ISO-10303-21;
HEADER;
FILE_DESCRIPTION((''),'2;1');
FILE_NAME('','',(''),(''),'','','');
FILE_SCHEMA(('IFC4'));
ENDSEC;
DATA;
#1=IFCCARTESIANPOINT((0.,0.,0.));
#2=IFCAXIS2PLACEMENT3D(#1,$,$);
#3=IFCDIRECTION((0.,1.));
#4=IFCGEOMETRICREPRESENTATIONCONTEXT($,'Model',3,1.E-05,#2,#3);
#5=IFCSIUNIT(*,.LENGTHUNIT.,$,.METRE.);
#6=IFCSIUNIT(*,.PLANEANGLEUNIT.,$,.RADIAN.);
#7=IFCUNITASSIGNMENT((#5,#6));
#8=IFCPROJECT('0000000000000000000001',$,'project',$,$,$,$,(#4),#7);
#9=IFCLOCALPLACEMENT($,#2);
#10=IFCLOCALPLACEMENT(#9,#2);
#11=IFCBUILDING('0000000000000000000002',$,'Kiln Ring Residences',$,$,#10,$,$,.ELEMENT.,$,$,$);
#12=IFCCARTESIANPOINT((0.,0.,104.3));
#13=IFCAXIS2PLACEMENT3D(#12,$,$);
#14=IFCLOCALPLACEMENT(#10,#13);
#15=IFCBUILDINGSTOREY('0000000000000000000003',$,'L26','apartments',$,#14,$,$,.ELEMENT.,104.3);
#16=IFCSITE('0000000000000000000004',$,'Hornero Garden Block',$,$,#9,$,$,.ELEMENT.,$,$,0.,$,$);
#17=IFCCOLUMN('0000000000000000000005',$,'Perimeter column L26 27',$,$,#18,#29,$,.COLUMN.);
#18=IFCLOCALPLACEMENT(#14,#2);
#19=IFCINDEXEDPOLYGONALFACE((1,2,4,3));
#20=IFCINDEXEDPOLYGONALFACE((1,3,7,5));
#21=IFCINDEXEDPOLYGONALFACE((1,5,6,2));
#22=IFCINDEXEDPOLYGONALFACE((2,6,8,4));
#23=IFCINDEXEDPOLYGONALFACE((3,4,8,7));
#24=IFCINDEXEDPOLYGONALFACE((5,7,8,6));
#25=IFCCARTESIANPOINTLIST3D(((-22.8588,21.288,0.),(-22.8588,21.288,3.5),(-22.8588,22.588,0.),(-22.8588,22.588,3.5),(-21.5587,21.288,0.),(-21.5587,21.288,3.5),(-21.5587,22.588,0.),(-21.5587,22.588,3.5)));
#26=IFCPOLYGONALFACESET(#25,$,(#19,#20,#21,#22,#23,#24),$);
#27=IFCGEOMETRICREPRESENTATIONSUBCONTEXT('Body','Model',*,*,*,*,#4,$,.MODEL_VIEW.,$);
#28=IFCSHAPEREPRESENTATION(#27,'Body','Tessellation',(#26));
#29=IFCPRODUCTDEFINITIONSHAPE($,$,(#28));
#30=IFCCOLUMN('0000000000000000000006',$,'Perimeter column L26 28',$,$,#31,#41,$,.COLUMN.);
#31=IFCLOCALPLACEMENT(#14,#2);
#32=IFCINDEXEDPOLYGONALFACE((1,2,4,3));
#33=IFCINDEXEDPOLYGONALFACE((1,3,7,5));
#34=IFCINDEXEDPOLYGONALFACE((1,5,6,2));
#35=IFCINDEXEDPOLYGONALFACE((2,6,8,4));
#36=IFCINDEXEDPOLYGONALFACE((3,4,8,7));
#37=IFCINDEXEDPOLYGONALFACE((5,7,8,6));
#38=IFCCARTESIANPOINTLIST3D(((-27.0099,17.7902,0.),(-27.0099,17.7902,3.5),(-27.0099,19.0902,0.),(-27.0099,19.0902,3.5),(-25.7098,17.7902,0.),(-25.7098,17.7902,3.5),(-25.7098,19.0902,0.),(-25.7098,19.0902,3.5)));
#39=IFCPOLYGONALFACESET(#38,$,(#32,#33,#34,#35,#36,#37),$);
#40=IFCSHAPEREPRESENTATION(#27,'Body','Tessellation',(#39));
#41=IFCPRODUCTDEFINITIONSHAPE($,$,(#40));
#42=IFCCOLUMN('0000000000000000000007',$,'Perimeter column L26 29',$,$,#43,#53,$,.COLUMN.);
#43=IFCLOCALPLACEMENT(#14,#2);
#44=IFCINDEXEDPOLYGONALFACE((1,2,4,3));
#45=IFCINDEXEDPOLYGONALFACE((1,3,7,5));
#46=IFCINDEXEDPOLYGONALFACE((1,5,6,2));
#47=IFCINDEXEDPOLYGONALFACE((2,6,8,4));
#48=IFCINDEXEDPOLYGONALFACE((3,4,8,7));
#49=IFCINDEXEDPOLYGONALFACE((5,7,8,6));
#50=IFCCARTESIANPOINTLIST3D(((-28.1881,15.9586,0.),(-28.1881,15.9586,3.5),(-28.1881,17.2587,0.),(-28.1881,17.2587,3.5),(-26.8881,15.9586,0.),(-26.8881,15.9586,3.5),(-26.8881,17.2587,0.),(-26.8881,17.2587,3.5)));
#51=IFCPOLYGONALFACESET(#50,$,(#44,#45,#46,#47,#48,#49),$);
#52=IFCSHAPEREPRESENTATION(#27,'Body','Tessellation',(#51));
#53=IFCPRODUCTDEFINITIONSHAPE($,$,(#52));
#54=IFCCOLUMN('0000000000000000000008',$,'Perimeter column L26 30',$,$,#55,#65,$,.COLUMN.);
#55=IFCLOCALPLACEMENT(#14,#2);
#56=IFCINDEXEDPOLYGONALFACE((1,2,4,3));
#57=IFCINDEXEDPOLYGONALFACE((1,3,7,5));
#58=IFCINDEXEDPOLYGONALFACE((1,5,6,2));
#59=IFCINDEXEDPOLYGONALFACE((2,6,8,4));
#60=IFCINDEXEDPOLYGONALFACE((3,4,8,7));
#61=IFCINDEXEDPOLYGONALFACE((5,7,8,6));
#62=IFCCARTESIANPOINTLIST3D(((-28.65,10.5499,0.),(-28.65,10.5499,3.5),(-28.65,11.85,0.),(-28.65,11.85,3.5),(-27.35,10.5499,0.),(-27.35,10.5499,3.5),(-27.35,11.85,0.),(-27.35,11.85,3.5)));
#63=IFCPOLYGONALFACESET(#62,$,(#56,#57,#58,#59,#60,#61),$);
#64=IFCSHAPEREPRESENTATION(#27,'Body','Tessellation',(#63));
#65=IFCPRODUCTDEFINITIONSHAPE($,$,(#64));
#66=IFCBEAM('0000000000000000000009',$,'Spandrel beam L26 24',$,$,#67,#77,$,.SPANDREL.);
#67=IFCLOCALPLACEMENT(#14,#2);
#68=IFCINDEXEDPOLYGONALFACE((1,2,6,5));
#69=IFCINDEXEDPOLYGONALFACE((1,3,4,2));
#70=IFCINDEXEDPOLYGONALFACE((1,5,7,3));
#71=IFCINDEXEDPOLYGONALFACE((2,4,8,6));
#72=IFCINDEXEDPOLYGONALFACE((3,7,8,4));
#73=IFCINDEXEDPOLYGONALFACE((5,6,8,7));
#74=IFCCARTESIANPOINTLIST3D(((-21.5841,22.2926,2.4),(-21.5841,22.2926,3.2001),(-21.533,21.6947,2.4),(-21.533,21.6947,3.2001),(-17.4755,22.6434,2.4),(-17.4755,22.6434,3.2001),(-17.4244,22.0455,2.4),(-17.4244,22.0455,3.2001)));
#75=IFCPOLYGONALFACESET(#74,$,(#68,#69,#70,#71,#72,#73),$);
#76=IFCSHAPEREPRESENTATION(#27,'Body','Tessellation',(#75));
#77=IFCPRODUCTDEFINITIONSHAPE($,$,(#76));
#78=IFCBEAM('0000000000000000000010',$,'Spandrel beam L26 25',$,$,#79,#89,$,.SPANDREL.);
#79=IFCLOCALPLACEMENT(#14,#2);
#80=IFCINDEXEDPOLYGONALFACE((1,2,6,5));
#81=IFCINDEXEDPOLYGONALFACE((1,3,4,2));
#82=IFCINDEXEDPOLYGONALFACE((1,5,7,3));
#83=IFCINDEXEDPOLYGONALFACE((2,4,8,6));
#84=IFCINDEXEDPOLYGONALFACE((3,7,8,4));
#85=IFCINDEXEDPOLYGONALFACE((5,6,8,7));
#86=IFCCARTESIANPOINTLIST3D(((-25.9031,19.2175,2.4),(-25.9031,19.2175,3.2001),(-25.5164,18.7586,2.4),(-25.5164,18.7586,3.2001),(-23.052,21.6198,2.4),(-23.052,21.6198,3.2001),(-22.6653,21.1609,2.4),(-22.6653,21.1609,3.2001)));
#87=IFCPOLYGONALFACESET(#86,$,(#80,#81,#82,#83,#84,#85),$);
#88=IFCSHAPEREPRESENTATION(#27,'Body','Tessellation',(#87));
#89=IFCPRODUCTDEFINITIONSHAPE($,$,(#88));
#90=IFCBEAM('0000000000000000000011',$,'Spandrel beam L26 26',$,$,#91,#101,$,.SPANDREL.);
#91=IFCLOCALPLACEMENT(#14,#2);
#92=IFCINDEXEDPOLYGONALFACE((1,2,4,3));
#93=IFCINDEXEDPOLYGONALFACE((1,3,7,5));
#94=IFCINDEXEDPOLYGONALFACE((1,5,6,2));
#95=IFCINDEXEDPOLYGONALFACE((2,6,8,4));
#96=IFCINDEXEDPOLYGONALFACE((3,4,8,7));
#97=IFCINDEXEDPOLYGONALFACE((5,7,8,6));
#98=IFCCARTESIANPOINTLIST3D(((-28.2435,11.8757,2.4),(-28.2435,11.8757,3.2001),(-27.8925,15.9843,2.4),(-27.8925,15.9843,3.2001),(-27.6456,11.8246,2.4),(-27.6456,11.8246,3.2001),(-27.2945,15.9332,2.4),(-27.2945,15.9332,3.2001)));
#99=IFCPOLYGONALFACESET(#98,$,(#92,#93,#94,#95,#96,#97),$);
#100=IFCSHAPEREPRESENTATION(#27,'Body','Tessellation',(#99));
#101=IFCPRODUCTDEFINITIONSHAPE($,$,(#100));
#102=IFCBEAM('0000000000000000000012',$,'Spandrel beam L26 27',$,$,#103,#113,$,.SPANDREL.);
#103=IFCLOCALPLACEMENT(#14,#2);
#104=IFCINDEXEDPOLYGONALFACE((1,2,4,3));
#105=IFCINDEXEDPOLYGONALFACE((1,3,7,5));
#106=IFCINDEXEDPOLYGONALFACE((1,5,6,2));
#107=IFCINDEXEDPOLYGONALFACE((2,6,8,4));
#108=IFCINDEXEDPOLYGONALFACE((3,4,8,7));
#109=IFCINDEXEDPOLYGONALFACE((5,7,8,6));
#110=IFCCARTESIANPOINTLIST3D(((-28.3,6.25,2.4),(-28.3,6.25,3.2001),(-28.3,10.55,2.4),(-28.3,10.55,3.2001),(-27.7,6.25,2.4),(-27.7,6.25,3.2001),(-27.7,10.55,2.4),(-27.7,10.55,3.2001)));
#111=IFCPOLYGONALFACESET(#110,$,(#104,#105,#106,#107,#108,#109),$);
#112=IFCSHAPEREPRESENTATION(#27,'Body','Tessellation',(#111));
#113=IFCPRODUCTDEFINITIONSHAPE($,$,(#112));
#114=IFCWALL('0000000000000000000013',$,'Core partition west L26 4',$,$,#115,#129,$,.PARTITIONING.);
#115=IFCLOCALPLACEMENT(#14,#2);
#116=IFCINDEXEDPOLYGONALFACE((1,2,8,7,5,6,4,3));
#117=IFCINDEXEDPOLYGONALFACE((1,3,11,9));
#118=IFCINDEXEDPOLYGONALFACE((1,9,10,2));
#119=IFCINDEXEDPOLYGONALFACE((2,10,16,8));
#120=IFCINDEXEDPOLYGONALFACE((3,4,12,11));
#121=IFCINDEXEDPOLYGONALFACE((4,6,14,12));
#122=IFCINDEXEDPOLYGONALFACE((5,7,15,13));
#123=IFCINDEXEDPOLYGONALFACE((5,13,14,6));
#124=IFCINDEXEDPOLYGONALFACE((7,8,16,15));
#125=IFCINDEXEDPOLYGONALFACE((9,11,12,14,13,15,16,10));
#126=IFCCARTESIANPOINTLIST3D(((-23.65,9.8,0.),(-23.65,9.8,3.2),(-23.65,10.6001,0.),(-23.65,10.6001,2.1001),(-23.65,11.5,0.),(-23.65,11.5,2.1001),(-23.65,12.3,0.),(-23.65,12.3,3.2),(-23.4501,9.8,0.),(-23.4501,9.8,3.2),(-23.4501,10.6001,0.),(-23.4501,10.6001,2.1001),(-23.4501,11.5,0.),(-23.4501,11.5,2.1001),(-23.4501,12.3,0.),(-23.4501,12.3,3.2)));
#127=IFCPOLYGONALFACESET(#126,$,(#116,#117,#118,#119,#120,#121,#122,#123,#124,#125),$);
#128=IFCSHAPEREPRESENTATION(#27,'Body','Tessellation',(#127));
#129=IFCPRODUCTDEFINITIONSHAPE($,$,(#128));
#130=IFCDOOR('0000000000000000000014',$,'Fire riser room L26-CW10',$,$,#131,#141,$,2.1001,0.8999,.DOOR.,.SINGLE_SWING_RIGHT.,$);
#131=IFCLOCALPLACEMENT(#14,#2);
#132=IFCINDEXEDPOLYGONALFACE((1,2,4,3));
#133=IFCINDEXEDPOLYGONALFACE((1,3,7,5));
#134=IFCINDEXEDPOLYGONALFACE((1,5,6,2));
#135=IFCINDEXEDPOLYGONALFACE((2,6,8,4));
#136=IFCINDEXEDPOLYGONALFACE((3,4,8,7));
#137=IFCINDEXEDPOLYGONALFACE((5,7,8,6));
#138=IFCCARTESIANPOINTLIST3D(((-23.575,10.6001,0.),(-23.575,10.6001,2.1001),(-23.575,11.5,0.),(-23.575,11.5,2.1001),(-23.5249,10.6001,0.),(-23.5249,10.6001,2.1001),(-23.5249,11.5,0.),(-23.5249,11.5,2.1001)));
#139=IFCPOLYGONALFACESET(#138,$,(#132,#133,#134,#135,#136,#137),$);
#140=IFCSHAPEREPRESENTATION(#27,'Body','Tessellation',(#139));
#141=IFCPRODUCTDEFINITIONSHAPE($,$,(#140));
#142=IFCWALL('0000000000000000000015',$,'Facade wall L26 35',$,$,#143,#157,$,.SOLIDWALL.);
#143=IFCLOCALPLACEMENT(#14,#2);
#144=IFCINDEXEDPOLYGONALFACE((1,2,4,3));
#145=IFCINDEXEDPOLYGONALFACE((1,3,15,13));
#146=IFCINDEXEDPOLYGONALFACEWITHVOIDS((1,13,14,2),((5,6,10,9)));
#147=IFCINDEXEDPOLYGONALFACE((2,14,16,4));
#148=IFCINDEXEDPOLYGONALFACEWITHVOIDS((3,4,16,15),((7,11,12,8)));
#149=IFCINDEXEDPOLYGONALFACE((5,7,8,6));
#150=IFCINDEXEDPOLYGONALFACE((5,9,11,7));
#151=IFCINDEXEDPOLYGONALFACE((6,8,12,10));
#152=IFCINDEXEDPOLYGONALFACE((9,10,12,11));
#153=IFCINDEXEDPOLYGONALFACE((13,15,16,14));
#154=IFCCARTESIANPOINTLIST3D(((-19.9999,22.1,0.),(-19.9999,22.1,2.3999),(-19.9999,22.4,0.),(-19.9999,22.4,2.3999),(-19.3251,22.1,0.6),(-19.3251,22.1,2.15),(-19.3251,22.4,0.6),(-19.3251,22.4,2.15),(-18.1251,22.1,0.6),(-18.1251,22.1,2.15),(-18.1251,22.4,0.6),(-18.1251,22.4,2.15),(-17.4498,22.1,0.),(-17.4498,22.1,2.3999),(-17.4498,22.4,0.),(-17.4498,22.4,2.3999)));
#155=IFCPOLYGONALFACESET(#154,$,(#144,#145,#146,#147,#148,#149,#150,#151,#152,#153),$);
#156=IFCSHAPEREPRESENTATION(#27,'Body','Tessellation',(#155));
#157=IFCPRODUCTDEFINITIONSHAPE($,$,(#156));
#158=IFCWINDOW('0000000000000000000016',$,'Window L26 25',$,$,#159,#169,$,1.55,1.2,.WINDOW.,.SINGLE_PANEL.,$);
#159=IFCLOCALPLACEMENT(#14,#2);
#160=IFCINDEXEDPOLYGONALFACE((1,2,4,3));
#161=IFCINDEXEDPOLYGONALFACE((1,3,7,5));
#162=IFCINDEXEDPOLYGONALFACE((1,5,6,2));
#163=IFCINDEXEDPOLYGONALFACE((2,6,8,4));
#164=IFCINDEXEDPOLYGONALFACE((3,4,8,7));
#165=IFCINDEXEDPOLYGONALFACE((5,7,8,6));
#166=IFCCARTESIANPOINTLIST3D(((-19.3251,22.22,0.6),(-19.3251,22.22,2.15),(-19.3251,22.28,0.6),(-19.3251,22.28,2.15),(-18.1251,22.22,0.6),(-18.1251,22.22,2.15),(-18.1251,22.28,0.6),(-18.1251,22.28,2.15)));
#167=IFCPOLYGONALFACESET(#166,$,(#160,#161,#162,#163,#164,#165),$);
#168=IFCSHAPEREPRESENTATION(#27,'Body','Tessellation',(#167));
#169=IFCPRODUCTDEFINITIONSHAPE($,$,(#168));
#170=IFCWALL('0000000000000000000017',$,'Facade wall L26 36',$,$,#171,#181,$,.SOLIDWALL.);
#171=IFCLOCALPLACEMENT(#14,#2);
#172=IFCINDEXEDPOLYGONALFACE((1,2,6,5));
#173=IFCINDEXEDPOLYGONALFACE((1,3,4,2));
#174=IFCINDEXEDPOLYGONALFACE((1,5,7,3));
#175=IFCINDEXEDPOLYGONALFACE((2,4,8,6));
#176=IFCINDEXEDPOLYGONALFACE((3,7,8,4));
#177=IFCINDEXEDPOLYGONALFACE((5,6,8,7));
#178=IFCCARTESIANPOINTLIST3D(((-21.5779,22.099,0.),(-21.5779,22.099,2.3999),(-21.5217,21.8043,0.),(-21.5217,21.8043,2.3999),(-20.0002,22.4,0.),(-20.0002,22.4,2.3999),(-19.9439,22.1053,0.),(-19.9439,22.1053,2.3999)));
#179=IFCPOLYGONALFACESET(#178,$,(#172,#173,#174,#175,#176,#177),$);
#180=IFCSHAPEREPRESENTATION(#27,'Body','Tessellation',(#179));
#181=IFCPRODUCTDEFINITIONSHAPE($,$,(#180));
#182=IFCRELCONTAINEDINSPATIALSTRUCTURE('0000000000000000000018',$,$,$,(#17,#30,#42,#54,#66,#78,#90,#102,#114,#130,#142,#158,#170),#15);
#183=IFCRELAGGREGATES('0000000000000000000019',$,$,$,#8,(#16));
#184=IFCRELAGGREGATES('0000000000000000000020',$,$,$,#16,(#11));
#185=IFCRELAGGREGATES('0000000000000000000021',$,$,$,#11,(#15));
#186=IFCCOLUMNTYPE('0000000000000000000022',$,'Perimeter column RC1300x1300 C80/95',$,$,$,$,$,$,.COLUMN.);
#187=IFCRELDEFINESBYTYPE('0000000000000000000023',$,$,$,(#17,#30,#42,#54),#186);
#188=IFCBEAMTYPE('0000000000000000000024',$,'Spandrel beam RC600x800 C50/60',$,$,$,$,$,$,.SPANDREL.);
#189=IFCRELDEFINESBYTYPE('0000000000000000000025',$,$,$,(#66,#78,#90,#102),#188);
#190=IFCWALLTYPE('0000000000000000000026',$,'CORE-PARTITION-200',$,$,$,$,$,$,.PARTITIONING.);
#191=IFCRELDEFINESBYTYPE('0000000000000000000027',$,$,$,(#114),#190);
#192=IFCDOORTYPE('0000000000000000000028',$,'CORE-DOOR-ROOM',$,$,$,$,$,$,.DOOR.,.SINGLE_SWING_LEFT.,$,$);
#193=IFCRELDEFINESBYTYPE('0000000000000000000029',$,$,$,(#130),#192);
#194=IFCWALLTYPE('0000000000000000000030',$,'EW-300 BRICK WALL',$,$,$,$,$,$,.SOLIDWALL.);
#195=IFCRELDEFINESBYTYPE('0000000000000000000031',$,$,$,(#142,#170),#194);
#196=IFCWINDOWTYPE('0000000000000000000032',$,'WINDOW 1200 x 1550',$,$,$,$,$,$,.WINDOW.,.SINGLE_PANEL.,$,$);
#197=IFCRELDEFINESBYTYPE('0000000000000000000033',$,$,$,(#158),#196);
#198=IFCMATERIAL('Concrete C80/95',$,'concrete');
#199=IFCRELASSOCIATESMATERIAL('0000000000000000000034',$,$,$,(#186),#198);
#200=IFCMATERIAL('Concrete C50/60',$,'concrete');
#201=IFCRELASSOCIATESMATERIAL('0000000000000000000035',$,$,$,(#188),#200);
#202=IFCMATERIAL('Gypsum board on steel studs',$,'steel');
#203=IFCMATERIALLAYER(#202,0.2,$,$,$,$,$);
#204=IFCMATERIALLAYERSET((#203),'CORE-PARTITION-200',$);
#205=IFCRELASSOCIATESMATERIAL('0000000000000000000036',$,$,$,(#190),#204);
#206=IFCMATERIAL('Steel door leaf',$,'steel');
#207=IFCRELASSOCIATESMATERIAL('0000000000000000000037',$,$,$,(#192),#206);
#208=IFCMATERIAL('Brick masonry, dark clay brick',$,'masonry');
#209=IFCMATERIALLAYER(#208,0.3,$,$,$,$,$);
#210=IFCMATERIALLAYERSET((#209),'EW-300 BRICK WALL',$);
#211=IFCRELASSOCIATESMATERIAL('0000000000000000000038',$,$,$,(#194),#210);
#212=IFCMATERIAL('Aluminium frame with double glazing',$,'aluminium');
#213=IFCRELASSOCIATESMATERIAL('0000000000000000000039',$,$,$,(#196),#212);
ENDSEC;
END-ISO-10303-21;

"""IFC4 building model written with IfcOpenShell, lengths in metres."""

from ifc_helpers import new_model, si_unit, direction, frame, frame_2d, origin, origin_2d, place, context, subcontext, project, spatial, rectangle, extrude, material, layer, layer_set, material_profile, profile_set, type_object, element, fill, save


model = new_model("IFC4")

# Units and contexts
model_context = context("Model", 3, precision=1e-05, world=origin(), true_north=direction((0.0, 1.0)))
body_context = subcontext(model_context, "Body", "Model", "MODEL_VIEW")
ifc_project = project(units=[si_unit("LENGTHUNIT", "METRE"), si_unit("PLANEANGLEUNIT", "RADIAN")], contexts=[model_context])

# Site, building, storey
site_placement = place(None, origin())
site = spatial("IfcSite", under=ifc_project, at=site_placement, Name="Hornero Garden Block", CompositionType="ELEMENT", RefElevation=0.0)
building_placement = place(site_placement, origin())
building = spatial("IfcBuilding", under=site, at=building_placement, Name="Kiln Ring Residences", CompositionType="ELEMENT")
storey_placement = place(building_placement, frame((0.0, 0.0, 104.3)))
storey = spatial("IfcBuildingStorey", under=building, at=storey_placement, Name="L26", Description="apartments", CompositionType="ELEMENT", Elevation=104.3)

# Columns
ifc_material_1 = material(Name="Concrete C80/95", Category="concrete")
ifc_material_profile_1 = material_profile(ifc_material_1, rectangle(XDim=1.3, YDim=1.3, at=origin_2d()), Name="RC1300x1300")
ifc_profile_set_1 = profile_set([ifc_material_profile_1], Name="Concrete C80/95")
column_type = type_object("IfcColumnType", Name="Perimeter column RC1300x1300 C80/95", PredefinedType="COLUMN", material=ifc_profile_set_1)
for number, where, z_axis, x_axis, name in (
    (1, (-22.2087, 21.938, 0.0), (0.0, 0.0, 1.0), (1.0, 0.0, 0.0), "Perimeter column L26 27"),
    (2, (-26.3599, 18.4402, 0.0), (0.0, 0.0, 1.0), (1.0, 0.0, 0.0), "Perimeter column L26 28"),
    (3, (-27.5381, 16.6086, 0.0), (0.0, 0.0, 1.0), (1.0, 0.0, 0.0), "Perimeter column L26 29"),
    (4, (-28.0, 11.2, 0.0), (0.0, 0.0, 1.0), (1.0, 0.0, 0.0), "Perimeter column L26 30"),
):
    element("IfcColumn", number, at=place(storey_placement, frame(where, z_axis=z_axis, x_axis=x_axis)), inside=storey, type_object=column_type, Name=name, PredefinedType="COLUMN", context=body_context, shape_type="SweptSolid", body=[
        extrude(rectangle(XDim=1.3, YDim=1.3, at=origin_2d()), origin(), (0.0, 0.0, 1.0), 3.5),
    ])

# Beams
ifc_material_2 = material(Name="Concrete C50/60", Category="concrete")
ifc_material_profile_2 = material_profile(ifc_material_2, rectangle(XDim=0.6001, YDim=0.8, at=origin_2d()), Name="RC600x800")
ifc_profile_set_2 = profile_set([ifc_material_profile_2], Name="Concrete C50/60")
beam_type = type_object("IfcBeamType", Name="Spandrel beam RC600x800 C50/60", PredefinedType="SPANDREL", material=ifc_profile_set_2)
beam_1_placement = place(storey_placement, frame((-17.45, 22.3445, 2.8), z_axis=(-0.996374, -0.085079, 0.0), x_axis=(0.085079, -0.996374, 0.0)))
element("IfcBeam", 5, at=beam_1_placement, inside=storey, type_object=beam_type, Name="Spandrel beam L26 24", PredefinedType="SPANDREL", context=body_context, shape_type="SweptSolid", body=[
    extrude(rectangle(XDim=0.6001, YDim=0.8, at=origin_2d()), origin(), (0.0, 0.0, 1.0), 4.1235),
])
beam_2_placement = place(storey_placement, frame((-22.8586, 21.3904, 2.8), z_axis=(-0.764721, -0.644362, 0.0), x_axis=(0.644362, -0.764721, 0.0)))
element("IfcBeam", 6, at=beam_2_placement, inside=storey, type_object=beam_type, Name="Spandrel beam L26 25", PredefinedType="SPANDREL", context=body_context, shape_type="SweptSolid", body=[
    extrude(rectangle(XDim=0.6001, YDim=0.8, at=origin_2d()), origin(), (0.0, 0.0, 1.0), 3.7283),
])
beam_3_placement = place(storey_placement, frame((-27.5935, 15.9587, 2.8), z_axis=(-0.085137, -0.996369, 0.0), x_axis=(0.996369, -0.085137, 0.0)))
element("IfcBeam", 7, at=beam_3_placement, inside=storey, type_object=beam_type, Name="Spandrel beam L26 26", PredefinedType="SPANDREL", context=body_context, shape_type="SweptSolid", body=[
    extrude(rectangle(XDim=0.6001, YDim=0.8, at=origin_2d()), origin(), (0.0, 0.0, 1.0), 4.1235),
])
beam_4_placement = place(storey_placement, frame((-28.0, 10.55, 2.8), z_axis=(0.0, -1.0, 0.0), x_axis=(1.0, 0.0, 0.0)))
element("IfcBeam", 8, at=beam_4_placement, inside=storey, type_object=beam_type, Name="Spandrel beam L26 27", PredefinedType="SPANDREL", context=body_context, shape_type="SweptSolid", body=[
    extrude(rectangle(XDim=0.6001, YDim=0.8, at=origin_2d()), origin(), (0.0, 0.0, 1.0), 4.3),
])

# Wall, opening, door
ifc_material_3 = material(Name="Gypsum board on steel studs", Category="steel")
ifc_layer_1 = layer(ifc_material_3, 0.2)
ifc_layer_set_1 = layer_set([ifc_layer_1], Name="CORE-PARTITION-200")
wall_type_1 = type_object("IfcWallType", Name="CORE-PARTITION-200", PredefinedType="PARTITIONING", material=ifc_layer_set_1)
wall_1_placement = place(storey_placement, frame((-23.55, 9.8, 0.0), z_axis=(0.0, 0.0, 1.0), x_axis=(0.0, 1.0, 0.0)))
wall_1 = element("IfcWall", 9, at=wall_1_placement, inside=storey, type_object=wall_type_1, Name="Core partition west L26 4", PredefinedType="PARTITIONING", context=body_context, shape_type="SweptSolid", body=[
    extrude(rectangle(XDim=2.5, YDim=0.2, at=frame_2d((1.25, 0.0))), origin(), (0.0, 0.0, 1.0), 3.2),
])
opening_1_placement = place(wall_1_placement, frame((0.8, 0.0, 0.0)))
opening_1 = element("IfcOpeningElement", 10, at=opening_1_placement, cuts=wall_1, PredefinedType="OPENING", context=body_context, shape_type="SweptSolid", body=[
    extrude(rectangle(XDim=0.8999, YDim=2.1001, at=frame_2d((0.45, 1.05))), frame((0.0, 0.1099, 0.0), z_axis=(0.0, -1.0, 0.0), x_axis=(1.0, 0.0, 0.0)), (0.0, 0.0, 1.0), 0.22),
])
ifc_material_4 = material(Name="Steel door leaf", Category="steel")
door_type_1 = type_object("IfcDoorType", Name="CORE-DOOR-ROOM", OperationType="SINGLE_SWING_LEFT", PredefinedType="DOOR", material=ifc_material_4)
door_1_placement = place(opening_1_placement, origin())
door_1 = element("IfcDoor", 11, at=door_1_placement, inside=storey, type_object=door_type_1, Name="Fire riser room L26-CW10", OperationType="SINGLE_SWING_RIGHT", OverallHeight=2.1001, OverallWidth=0.8999, PredefinedType="DOOR", context=body_context, shape_type="SweptSolid", body=[
    extrude(rectangle(XDim=0.8999, YDim=2.1001, at=frame_2d((0.45, 1.05))), frame((0.0, 0.0249, 0.0), z_axis=(0.0, -1.0, 0.0), x_axis=(1.0, 0.0, 0.0)), (0.0, 0.0, 1.0), 0.05),
])
fill(opening_1, door_1)

# Wall, opening, window
ifc_material_5 = material(Name="Brick masonry, dark clay brick", Category="masonry")
ifc_layer_2 = layer(ifc_material_5, 0.3)
ifc_layer_set_2 = layer_set([ifc_layer_2], Name="EW-300 BRICK WALL")
wall_type_2 = type_object("IfcWallType", Name="EW-300 BRICK WALL", PredefinedType="SOLIDWALL", material=ifc_layer_set_2)
wall_2_placement = place(storey_placement, frame((-17.45, 22.25, 0.0), z_axis=(0.0, 0.0, 1.0), x_axis=(-1.0, 0.0, 0.0)))
wall_2 = element("IfcWall", 12, at=wall_2_placement, inside=storey, type_object=wall_type_2, Name="Facade wall L26 35", PredefinedType="SOLIDWALL", context=body_context, shape_type="SweptSolid", body=[
    extrude(rectangle(XDim=2.55, YDim=0.3, at=frame_2d((1.2749, 0.0))), origin(), (0.0, 0.0, 1.0), 2.3999),
])
opening_2_placement = place(wall_2_placement, frame((0.675, 0.0, 0.6001)))
opening_2 = element("IfcOpeningElement", 13, at=opening_2_placement, cuts=wall_2, PredefinedType="OPENING", context=body_context, shape_type="SweptSolid", body=[
    extrude(rectangle(XDim=1.2, YDim=1.55, at=frame_2d((0.6001, 0.7749))), frame((0.0, 0.1599, 0.0), z_axis=(0.0, -1.0, 0.0), x_axis=(1.0, 0.0, 0.0)), (0.0, 0.0, 1.0), 0.3201),
])
ifc_material_6 = material(Name="Aluminium frame with double glazing", Category="aluminium")
window_type_1 = type_object("IfcWindowType", Name="WINDOW 1200 x 1550", PartitioningType="SINGLE_PANEL", PredefinedType="WINDOW", material=ifc_material_6)
window_1_placement = place(opening_2_placement, origin())
window_1 = element("IfcWindow", 14, at=window_1_placement, inside=storey, type_object=window_type_1, Name="Window L26 25", OverallHeight=1.55, OverallWidth=1.2, PartitioningType="SINGLE_PANEL", PredefinedType="WINDOW", context=body_context, shape_type="SweptSolid", body=[
    extrude(rectangle(XDim=1.2, YDim=1.55, at=frame_2d((0.6001, 0.7749))), frame((0.0, 0.03, 0.0), z_axis=(0.0, -1.0, 0.0), x_axis=(1.0, 0.0, 0.0)), (0.0, 0.0, 1.0), 0.0601),
])
fill(opening_2, window_1)

# Wall
for number, where, z_axis, x_axis, name in (
    (15, (-19.9719, 22.2527, 0.0), (0.0, 0.0, 1.0), (-0.982279, -0.187426, 0.0), "Facade wall L26 36"),
):
    element("IfcWall", number, at=place(storey_placement, frame(where, z_axis=z_axis, x_axis=x_axis)), inside=storey, type_object=wall_type_2, Name=name, PredefinedType="SOLIDWALL", context=body_context, shape_type="SweptSolid", body=[
        extrude(rectangle(XDim=1.6062, YDim=0.3, at=frame_2d((0.8032, 0.0))), origin(), (0.0, 0.0, 1.0), 2.3999),
    ])

save(model, "model.ifc")
